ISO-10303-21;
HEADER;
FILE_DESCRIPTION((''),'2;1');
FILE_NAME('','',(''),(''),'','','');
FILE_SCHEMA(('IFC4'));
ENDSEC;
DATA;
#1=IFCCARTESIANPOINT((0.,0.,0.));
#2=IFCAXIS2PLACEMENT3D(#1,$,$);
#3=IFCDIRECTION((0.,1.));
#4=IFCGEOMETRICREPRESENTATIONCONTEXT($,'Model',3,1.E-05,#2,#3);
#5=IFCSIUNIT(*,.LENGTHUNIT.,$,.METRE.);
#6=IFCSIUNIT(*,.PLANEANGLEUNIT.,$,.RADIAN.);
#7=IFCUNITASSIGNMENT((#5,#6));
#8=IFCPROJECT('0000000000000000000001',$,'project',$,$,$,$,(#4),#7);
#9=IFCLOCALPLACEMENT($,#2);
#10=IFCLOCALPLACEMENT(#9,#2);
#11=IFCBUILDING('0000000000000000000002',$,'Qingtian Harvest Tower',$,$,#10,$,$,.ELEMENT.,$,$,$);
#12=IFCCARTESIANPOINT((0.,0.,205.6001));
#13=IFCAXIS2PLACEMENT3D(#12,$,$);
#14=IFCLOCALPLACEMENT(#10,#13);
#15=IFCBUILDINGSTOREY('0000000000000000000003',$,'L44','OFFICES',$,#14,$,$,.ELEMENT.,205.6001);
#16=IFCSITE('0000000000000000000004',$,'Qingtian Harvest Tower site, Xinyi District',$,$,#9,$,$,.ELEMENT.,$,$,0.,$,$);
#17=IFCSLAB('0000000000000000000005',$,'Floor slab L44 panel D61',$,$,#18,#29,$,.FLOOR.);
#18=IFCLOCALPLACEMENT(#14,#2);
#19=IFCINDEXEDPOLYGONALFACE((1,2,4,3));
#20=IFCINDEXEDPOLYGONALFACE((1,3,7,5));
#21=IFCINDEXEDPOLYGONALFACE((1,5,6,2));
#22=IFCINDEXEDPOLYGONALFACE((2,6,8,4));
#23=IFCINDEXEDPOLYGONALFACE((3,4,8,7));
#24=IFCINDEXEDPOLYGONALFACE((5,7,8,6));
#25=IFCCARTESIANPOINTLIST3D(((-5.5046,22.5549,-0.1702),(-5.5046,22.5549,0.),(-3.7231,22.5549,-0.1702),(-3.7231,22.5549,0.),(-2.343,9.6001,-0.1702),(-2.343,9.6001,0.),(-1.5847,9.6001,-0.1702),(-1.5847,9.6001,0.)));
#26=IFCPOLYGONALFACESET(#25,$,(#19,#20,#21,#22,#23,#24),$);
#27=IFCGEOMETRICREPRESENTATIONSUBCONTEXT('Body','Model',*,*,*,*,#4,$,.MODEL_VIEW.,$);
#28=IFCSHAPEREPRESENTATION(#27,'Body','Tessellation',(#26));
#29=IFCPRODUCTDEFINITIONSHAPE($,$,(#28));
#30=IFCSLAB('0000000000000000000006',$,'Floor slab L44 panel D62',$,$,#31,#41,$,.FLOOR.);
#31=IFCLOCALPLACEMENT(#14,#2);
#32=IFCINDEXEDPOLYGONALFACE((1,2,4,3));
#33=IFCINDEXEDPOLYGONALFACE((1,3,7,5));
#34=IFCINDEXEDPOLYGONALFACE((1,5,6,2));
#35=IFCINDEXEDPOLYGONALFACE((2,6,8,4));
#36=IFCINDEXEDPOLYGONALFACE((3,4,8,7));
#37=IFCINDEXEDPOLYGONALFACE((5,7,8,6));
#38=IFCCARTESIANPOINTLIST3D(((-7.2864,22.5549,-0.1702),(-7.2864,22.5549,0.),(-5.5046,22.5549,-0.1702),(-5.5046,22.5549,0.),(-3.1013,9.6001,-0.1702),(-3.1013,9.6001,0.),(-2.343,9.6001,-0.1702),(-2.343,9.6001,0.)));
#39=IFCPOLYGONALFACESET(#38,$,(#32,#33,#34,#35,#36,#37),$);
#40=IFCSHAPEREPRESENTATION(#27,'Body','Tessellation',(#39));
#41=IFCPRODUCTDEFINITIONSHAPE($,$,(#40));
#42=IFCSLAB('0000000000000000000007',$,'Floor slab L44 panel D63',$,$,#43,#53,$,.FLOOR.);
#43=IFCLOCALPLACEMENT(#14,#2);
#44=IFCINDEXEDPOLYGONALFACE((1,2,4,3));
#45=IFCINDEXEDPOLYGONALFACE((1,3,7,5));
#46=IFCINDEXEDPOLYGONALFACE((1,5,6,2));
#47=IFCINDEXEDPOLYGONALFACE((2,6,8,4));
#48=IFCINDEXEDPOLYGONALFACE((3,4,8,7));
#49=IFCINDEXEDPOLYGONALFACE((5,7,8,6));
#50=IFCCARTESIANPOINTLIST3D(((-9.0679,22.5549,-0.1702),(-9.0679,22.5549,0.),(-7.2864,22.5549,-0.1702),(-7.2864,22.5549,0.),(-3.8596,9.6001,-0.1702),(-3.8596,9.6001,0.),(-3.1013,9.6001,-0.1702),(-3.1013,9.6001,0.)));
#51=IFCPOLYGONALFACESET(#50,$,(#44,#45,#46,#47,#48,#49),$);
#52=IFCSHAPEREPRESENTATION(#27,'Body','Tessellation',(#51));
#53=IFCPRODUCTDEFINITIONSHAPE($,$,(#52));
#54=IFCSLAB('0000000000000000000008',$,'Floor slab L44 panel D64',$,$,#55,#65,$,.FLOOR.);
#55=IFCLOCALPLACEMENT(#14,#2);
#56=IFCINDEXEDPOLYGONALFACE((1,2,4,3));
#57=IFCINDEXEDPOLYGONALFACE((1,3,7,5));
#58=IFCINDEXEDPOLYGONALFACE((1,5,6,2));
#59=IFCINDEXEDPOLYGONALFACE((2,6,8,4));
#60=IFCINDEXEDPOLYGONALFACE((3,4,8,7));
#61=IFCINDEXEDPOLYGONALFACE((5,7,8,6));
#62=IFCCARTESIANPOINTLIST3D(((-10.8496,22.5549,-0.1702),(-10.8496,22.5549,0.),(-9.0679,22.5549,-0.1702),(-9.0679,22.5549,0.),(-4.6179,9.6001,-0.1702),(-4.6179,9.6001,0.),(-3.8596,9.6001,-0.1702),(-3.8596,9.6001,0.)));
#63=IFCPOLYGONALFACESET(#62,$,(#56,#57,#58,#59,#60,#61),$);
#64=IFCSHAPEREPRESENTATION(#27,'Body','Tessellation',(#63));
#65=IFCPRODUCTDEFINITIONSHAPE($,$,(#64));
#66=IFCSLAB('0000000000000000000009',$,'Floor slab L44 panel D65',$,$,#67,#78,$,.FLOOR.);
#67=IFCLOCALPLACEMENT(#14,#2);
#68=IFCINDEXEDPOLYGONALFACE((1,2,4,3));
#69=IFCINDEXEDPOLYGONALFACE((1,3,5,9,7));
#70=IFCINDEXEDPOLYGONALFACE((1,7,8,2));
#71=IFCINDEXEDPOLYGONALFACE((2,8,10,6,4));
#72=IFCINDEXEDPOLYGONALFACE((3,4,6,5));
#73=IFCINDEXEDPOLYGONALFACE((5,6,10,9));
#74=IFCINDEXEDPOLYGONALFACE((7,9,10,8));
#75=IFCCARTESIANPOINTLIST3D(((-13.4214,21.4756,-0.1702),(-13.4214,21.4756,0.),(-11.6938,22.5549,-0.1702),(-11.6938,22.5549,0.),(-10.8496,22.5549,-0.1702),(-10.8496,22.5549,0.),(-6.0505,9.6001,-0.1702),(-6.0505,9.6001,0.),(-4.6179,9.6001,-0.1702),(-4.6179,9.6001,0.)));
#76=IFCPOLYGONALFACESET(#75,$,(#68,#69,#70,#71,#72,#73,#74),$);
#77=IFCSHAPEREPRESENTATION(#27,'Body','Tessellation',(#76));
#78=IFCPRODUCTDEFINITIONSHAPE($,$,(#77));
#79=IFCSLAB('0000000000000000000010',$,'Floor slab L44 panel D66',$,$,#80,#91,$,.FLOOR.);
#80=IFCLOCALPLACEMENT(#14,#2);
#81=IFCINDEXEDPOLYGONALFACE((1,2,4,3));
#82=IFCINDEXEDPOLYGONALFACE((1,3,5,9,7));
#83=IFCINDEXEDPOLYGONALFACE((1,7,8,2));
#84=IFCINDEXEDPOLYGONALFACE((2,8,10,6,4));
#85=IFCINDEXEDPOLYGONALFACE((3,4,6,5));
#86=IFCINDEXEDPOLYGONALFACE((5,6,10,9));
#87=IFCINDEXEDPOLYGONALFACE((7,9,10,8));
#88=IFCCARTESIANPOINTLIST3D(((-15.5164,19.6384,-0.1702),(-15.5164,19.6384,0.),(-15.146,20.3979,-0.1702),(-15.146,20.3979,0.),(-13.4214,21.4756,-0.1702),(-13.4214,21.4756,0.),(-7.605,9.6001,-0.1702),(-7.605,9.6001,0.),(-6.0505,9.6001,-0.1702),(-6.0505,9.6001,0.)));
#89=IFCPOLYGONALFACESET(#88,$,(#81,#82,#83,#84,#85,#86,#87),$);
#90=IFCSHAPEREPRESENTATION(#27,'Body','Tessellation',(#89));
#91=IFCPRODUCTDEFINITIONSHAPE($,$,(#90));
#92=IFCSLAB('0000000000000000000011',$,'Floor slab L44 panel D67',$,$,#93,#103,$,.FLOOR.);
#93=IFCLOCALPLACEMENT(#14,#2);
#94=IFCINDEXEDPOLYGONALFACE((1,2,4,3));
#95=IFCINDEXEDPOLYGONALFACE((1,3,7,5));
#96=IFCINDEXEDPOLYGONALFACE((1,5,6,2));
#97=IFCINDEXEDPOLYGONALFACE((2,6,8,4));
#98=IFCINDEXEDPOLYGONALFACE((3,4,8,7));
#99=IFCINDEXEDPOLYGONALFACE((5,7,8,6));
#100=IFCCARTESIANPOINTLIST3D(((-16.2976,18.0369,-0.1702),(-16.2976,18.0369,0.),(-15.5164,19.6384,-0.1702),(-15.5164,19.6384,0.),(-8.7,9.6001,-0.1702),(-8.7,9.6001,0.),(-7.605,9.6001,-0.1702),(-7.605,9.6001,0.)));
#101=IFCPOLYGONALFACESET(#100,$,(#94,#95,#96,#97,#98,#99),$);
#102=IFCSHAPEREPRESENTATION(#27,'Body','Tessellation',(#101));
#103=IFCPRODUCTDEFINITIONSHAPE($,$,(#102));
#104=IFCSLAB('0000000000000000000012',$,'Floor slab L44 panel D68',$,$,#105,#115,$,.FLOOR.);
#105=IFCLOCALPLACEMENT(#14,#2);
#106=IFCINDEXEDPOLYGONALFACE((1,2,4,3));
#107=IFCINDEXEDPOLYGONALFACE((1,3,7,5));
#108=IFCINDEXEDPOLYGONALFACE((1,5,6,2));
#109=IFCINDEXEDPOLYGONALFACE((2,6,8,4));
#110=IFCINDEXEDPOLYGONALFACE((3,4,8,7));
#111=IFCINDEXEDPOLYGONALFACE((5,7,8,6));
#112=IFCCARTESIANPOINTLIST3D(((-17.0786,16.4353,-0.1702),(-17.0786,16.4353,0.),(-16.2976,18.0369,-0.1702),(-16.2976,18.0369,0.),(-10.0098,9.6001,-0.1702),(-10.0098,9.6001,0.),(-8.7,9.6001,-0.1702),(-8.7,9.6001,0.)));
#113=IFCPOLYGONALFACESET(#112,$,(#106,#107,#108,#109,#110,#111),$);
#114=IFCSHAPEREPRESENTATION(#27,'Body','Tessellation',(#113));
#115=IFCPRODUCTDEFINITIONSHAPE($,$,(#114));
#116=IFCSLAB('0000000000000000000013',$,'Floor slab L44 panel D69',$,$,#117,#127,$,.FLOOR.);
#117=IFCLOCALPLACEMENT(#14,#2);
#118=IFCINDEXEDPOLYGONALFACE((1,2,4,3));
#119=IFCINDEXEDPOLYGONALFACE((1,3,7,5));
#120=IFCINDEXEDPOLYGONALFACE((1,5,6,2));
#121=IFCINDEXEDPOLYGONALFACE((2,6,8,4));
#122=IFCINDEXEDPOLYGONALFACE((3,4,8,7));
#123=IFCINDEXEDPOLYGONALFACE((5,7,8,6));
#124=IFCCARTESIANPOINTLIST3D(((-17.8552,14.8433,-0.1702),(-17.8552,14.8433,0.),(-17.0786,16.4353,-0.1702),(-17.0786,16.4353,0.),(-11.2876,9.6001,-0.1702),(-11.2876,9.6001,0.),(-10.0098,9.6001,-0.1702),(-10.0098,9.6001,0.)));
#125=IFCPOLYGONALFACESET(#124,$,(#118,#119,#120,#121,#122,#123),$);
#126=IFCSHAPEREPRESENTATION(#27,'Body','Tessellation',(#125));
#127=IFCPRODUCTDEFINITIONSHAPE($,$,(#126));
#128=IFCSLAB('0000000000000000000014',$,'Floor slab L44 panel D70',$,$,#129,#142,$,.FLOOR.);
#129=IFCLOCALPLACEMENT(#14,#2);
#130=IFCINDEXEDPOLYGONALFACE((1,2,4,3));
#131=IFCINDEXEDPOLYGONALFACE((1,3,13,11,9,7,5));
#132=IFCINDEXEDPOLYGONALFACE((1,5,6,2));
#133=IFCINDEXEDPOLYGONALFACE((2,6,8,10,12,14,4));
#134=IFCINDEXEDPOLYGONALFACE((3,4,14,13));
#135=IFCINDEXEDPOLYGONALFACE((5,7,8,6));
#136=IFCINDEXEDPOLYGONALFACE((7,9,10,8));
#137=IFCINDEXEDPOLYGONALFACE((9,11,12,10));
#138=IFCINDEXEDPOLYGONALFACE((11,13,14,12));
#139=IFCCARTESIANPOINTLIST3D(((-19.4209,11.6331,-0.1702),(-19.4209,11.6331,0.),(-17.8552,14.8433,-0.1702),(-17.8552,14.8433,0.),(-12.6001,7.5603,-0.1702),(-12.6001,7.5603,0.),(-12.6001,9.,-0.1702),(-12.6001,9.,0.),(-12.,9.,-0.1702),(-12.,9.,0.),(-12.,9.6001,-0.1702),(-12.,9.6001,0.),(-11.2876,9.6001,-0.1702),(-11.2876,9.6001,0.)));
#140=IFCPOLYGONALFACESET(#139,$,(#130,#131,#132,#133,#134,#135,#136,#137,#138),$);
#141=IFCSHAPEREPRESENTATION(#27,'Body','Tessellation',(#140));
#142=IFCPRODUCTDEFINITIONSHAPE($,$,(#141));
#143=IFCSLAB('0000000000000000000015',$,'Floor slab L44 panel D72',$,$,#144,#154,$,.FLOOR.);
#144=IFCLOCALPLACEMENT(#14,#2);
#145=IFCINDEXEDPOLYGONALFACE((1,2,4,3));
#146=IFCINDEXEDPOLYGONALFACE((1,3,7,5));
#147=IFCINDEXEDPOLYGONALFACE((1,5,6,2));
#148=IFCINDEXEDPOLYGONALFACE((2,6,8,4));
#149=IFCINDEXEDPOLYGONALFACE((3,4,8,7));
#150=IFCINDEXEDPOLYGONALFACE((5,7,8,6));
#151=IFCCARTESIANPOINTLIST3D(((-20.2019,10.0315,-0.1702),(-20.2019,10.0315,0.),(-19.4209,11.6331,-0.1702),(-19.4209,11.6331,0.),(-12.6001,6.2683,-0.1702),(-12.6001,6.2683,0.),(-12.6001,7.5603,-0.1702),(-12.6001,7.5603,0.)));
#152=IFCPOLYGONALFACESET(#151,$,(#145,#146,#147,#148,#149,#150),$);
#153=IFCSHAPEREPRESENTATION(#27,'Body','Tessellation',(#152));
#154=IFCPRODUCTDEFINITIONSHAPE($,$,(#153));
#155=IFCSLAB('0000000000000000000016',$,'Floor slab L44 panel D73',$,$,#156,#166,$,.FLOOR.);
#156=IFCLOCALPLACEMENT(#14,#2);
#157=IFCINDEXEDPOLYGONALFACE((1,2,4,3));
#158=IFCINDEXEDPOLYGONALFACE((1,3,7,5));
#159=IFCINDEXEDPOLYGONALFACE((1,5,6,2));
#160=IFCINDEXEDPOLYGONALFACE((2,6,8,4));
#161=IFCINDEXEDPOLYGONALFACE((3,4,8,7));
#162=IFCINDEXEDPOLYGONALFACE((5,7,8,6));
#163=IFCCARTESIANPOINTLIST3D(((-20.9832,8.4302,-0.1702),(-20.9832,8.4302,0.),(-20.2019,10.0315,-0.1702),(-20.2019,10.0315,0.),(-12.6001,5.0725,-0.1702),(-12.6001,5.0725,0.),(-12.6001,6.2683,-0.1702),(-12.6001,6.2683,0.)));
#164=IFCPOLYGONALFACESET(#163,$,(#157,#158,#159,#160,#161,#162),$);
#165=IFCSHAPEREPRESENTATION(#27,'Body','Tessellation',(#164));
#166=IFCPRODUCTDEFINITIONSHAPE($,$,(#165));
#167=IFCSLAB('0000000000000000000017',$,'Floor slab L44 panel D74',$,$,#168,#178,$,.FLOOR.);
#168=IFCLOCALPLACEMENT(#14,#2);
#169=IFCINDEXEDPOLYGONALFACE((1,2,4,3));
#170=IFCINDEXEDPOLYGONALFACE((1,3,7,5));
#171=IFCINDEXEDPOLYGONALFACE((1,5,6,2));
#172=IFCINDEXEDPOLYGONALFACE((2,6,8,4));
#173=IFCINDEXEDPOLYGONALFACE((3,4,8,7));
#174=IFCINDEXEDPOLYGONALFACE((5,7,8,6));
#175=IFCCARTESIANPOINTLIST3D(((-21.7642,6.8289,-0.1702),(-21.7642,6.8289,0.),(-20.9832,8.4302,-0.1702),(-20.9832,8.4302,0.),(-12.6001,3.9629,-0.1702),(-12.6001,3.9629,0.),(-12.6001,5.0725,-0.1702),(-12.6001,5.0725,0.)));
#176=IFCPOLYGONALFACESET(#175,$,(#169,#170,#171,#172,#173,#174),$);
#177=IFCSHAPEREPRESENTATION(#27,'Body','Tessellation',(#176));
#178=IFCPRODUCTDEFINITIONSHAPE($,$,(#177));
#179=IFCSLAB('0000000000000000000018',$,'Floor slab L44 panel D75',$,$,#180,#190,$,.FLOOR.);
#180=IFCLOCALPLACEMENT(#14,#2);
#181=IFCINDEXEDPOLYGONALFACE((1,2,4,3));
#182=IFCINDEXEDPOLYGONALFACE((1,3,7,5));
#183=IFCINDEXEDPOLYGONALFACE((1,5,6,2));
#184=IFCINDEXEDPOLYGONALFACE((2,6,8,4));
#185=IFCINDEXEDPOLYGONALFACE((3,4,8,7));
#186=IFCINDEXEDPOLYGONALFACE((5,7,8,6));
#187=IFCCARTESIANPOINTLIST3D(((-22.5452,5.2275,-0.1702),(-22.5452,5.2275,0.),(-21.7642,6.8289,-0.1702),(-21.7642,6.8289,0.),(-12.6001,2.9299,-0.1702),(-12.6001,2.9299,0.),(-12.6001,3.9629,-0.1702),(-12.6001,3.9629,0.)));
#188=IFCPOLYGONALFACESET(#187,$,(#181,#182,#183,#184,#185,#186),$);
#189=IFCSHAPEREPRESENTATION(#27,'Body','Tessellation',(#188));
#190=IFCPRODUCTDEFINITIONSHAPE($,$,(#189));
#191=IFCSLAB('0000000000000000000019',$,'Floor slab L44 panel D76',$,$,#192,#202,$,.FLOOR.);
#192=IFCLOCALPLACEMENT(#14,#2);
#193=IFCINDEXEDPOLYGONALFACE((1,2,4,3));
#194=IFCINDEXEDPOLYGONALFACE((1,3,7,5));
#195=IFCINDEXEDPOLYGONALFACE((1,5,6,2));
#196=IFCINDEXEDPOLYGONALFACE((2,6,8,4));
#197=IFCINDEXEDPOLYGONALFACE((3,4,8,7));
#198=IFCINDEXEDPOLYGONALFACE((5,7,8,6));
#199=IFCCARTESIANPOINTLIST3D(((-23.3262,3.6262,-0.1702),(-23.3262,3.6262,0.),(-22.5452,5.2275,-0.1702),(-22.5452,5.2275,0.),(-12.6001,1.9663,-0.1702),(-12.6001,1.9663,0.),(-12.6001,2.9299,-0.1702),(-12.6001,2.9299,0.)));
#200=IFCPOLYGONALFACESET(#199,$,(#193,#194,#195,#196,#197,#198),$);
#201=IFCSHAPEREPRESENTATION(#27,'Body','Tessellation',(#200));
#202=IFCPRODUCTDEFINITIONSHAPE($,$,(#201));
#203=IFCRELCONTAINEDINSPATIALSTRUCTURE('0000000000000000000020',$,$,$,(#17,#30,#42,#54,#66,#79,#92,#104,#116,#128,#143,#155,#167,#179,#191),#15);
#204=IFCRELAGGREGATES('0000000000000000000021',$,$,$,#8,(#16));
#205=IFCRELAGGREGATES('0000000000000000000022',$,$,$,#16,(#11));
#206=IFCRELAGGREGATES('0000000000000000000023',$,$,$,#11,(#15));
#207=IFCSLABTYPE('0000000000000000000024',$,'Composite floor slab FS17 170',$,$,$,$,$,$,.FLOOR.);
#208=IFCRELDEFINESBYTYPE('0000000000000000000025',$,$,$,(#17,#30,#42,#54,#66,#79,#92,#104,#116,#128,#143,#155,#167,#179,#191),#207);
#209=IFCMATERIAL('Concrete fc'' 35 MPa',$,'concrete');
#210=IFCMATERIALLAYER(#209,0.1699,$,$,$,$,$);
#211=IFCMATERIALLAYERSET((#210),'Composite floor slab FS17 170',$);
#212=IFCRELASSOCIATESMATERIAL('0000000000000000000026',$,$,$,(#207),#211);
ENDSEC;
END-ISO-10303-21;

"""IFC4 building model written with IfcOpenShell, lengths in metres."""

from ifc_helpers import new_model, si_unit, direction, frame, origin, place, context, subcontext, project, spatial, polyline, outline, extrude, material, layer, layer_set, type_object, element, save


model = new_model("IFC4")

# Units and contexts
model_context = context("Model", 3, precision=1e-05, world=origin(), true_north=direction((0.0, 1.0)))
body_context = subcontext(model_context, "Body", "Model", "MODEL_VIEW")
ifc_project = project(units=[si_unit("LENGTHUNIT", "METRE"), si_unit("PLANEANGLEUNIT", "RADIAN")], contexts=[model_context])

# Site, building, storey
site_placement = place(None, origin())
site = spatial("IfcSite", under=ifc_project, at=site_placement, Name="Qingtian Harvest Tower site, Xinyi District", CompositionType="ELEMENT", RefElevation=0.0)
building_placement = place(site_placement, origin())
building = spatial("IfcBuilding", under=site, at=building_placement, Name="Qingtian Harvest Tower", CompositionType="ELEMENT")
storey_placement = place(building_placement, frame((0.0, 0.0, 205.6001)))
storey = spatial("IfcBuildingStorey", under=building, at=storey_placement, Name="L44", Description="OFFICES", CompositionType="ELEMENT", Elevation=205.6001)

# Slabs
ifc_material_1 = material(Name="Concrete fc' 35 MPa", Category="concrete")
ifc_layer_1 = layer(ifc_material_1, 0.1699)
ifc_layer_set_1 = layer_set([ifc_layer_1], Name="Composite floor slab FS17 170")
slab_type = type_object("IfcSlabType", Name="Composite floor slab FS17 170", PredefinedType="FLOOR", material=ifc_layer_set_1)
slab_1_placement = place(storey_placement, frame((0.0, 0.0, -0.1702)))
element("IfcSlab", 1, at=slab_1_placement, inside=storey, type_object=slab_type, Name="Floor slab L44 panel D61", PredefinedType="FLOOR", context=body_context, shape_type="SweptSolid", body=[
    extrude(outline(polyline([(-2.343, 9.6001), (-5.5046, 22.5549), (-3.7231, 22.5549), (-1.5847, 9.6001), (-2.343, 9.6001)])), origin(), (0.0, 0.0, 1.0), 0.1702),
])
slab_2_placement = place(storey_placement, frame((0.0, 0.0, -0.1702)))
element("IfcSlab", 2, at=slab_2_placement, inside=storey, type_object=slab_type, Name="Floor slab L44 panel D62", PredefinedType="FLOOR", context=body_context, shape_type="SweptSolid", body=[
    extrude(outline(polyline([(-3.1013, 9.6001), (-7.2864, 22.5549), (-5.5046, 22.5549), (-2.343, 9.6001), (-3.1013, 9.6001)])), origin(), (0.0, 0.0, 1.0), 0.1702),
])
slab_3_placement = place(storey_placement, frame((0.0, 0.0, -0.1702)))
element("IfcSlab", 3, at=slab_3_placement, inside=storey, type_object=slab_type, Name="Floor slab L44 panel D63", PredefinedType="FLOOR", context=body_context, shape_type="SweptSolid", body=[
    extrude(outline(polyline([(-3.8596, 9.6001), (-9.0679, 22.5549), (-7.2864, 22.5549), (-3.1013, 9.6001), (-3.8596, 9.6001)])), origin(), (0.0, 0.0, 1.0), 0.1702),
])
slab_4_placement = place(storey_placement, frame((0.0, 0.0, -0.1702)))
element("IfcSlab", 4, at=slab_4_placement, inside=storey, type_object=slab_type, Name="Floor slab L44 panel D64", PredefinedType="FLOOR", context=body_context, shape_type="SweptSolid", body=[
    extrude(outline(polyline([(-4.6179, 9.6001), (-10.8496, 22.5549), (-9.0679, 22.5549), (-3.8596, 9.6001), (-4.6179, 9.6001)])), origin(), (0.0, 0.0, 1.0), 0.1702),
])
slab_5_placement = place(storey_placement, frame((0.0, 0.0, -0.1702)))
element("IfcSlab", 5, at=slab_5_placement, inside=storey, type_object=slab_type, Name="Floor slab L44 panel D65", PredefinedType="FLOOR", context=body_context, shape_type="SweptSolid", body=[
    extrude(outline(polyline([(-4.6179, 9.6001), (-6.0505, 9.6001), (-13.4214, 21.4756), (-11.6938, 22.5549), (-10.8496, 22.5549), (-4.6179, 9.6001)])), origin(), (0.0, 0.0, 1.0), 0.1702),
])
slab_6_placement = place(storey_placement, frame((0.0, 0.0, -0.1702)))
element("IfcSlab", 6, at=slab_6_placement, inside=storey, type_object=slab_type, Name="Floor slab L44 panel D66", PredefinedType="FLOOR", context=body_context, shape_type="SweptSolid", body=[
    extrude(outline(polyline([(-6.0505, 9.6001), (-7.605, 9.6001), (-15.5164, 19.6384), (-15.146, 20.3979), (-13.4214, 21.4756), (-6.0505, 9.6001)])), origin(), (0.0, 0.0, 1.0), 0.1702),
])
slab_7_placement = place(storey_placement, frame((0.0, 0.0, -0.1702)))
element("IfcSlab", 7, at=slab_7_placement, inside=storey, type_object=slab_type, Name="Floor slab L44 panel D67", PredefinedType="FLOOR", context=body_context, shape_type="SweptSolid", body=[
    extrude(outline(polyline([(-8.7, 9.6001), (-16.2976, 18.0369), (-15.5164, 19.6384), (-7.605, 9.6001), (-8.7, 9.6001)])), origin(), (0.0, 0.0, 1.0), 0.1702),
])
slab_8_placement = place(storey_placement, frame((0.0, 0.0, -0.1702)))
element("IfcSlab", 8, at=slab_8_placement, inside=storey, type_object=slab_type, Name="Floor slab L44 panel D68", PredefinedType="FLOOR", context=body_context, shape_type="SweptSolid", body=[
    extrude(outline(polyline([(-10.0098, 9.6001), (-17.0786, 16.4353), (-16.2976, 18.0369), (-8.7, 9.6001), (-10.0098, 9.6001)])), origin(), (0.0, 0.0, 1.0), 0.1702),
])
slab_9_placement = place(storey_placement, frame((0.0, 0.0, -0.1702)))
element("IfcSlab", 9, at=slab_9_placement, inside=storey, type_object=slab_type, Name="Floor slab L44 panel D69", PredefinedType="FLOOR", context=body_context, shape_type="SweptSolid", body=[
    extrude(outline(polyline([(-11.2876, 9.6001), (-17.8552, 14.8433), (-17.0786, 16.4353), (-10.0098, 9.6001), (-11.2876, 9.6001)])), origin(), (0.0, 0.0, 1.0), 0.1702),
])
slab_10_placement = place(storey_placement, frame((0.0, 0.0, -0.1702)))
element("IfcSlab", 10, at=slab_10_placement, inside=storey, type_object=slab_type, Name="Floor slab L44 panel D70", PredefinedType="FLOOR", context=body_context, shape_type="SweptSolid", body=[
    extrude(outline(polyline([(-12.0, 9.0), (-12.6001, 9.0), (-12.6001, 7.5603), (-19.4209, 11.6331), (-17.8552, 14.8433), (-11.2876, 9.6001), (-12.0, 9.6001), (-12.0, 9.0)])), origin(), (0.0, 0.0, 1.0), 0.1702),
])
slab_11_placement = place(storey_placement, frame((0.0, 0.0, -0.1702)))
element("IfcSlab", 11, at=slab_11_placement, inside=storey, type_object=slab_type, Name="Floor slab L44 panel D72", PredefinedType="FLOOR", context=body_context, shape_type="SweptSolid", body=[
    extrude(outline(polyline([(-12.6001, 6.2683), (-20.2019, 10.0315), (-19.4209, 11.6331), (-12.6001, 7.5603), (-12.6001, 6.2683)])), origin(), (0.0, 0.0, 1.0), 0.1702),
])
slab_12_placement = place(storey_placement, frame((0.0, 0.0, -0.1702)))
element("IfcSlab", 12, at=slab_12_placement, inside=storey, type_object=slab_type, Name="Floor slab L44 panel D73", PredefinedType="FLOOR", context=body_context, shape_type="SweptSolid", body=[
    extrude(outline(polyline([(-12.6001, 5.0725), (-20.9832, 8.4302), (-20.2019, 10.0315), (-12.6001, 6.2683), (-12.6001, 5.0725)])), origin(), (0.0, 0.0, 1.0), 0.1702),
])
slab_13_placement = place(storey_placement, frame((0.0, 0.0, -0.1702)))
element("IfcSlab", 13, at=slab_13_placement, inside=storey, type_object=slab_type, Name="Floor slab L44 panel D74", PredefinedType="FLOOR", context=body_context, shape_type="SweptSolid", body=[
    extrude(outline(polyline([(-12.6001, 3.9629), (-21.7642, 6.8289), (-20.9832, 8.4302), (-12.6001, 5.0725), (-12.6001, 3.9629)])), origin(), (0.0, 0.0, 1.0), 0.1702),
])
slab_14_placement = place(storey_placement, frame((0.0, 0.0, -0.1702)))
element("IfcSlab", 14, at=slab_14_placement, inside=storey, type_object=slab_type, Name="Floor slab L44 panel D75", PredefinedType="FLOOR", context=body_context, shape_type="SweptSolid", body=[
    extrude(outline(polyline([(-12.6001, 2.9299), (-22.5452, 5.2275), (-21.7642, 6.8289), (-12.6001, 3.9629), (-12.6001, 2.9299)])), origin(), (0.0, 0.0, 1.0), 0.1702),
])
slab_15_placement = place(storey_placement, frame((0.0, 0.0, -0.1702)))
element("IfcSlab", 15, at=slab_15_placement, inside=storey, type_object=slab_type, Name="Floor slab L44 panel D76", PredefinedType="FLOOR", context=body_context, shape_type="SweptSolid", body=[
    extrude(outline(polyline([(-12.6001, 1.9663), (-23.3262, 3.6262), (-22.5452, 5.2275), (-12.6001, 2.9299), (-12.6001, 1.9663)])), origin(), (0.0, 0.0, 1.0), 0.1702),
])

save(model, "model.ifc")
